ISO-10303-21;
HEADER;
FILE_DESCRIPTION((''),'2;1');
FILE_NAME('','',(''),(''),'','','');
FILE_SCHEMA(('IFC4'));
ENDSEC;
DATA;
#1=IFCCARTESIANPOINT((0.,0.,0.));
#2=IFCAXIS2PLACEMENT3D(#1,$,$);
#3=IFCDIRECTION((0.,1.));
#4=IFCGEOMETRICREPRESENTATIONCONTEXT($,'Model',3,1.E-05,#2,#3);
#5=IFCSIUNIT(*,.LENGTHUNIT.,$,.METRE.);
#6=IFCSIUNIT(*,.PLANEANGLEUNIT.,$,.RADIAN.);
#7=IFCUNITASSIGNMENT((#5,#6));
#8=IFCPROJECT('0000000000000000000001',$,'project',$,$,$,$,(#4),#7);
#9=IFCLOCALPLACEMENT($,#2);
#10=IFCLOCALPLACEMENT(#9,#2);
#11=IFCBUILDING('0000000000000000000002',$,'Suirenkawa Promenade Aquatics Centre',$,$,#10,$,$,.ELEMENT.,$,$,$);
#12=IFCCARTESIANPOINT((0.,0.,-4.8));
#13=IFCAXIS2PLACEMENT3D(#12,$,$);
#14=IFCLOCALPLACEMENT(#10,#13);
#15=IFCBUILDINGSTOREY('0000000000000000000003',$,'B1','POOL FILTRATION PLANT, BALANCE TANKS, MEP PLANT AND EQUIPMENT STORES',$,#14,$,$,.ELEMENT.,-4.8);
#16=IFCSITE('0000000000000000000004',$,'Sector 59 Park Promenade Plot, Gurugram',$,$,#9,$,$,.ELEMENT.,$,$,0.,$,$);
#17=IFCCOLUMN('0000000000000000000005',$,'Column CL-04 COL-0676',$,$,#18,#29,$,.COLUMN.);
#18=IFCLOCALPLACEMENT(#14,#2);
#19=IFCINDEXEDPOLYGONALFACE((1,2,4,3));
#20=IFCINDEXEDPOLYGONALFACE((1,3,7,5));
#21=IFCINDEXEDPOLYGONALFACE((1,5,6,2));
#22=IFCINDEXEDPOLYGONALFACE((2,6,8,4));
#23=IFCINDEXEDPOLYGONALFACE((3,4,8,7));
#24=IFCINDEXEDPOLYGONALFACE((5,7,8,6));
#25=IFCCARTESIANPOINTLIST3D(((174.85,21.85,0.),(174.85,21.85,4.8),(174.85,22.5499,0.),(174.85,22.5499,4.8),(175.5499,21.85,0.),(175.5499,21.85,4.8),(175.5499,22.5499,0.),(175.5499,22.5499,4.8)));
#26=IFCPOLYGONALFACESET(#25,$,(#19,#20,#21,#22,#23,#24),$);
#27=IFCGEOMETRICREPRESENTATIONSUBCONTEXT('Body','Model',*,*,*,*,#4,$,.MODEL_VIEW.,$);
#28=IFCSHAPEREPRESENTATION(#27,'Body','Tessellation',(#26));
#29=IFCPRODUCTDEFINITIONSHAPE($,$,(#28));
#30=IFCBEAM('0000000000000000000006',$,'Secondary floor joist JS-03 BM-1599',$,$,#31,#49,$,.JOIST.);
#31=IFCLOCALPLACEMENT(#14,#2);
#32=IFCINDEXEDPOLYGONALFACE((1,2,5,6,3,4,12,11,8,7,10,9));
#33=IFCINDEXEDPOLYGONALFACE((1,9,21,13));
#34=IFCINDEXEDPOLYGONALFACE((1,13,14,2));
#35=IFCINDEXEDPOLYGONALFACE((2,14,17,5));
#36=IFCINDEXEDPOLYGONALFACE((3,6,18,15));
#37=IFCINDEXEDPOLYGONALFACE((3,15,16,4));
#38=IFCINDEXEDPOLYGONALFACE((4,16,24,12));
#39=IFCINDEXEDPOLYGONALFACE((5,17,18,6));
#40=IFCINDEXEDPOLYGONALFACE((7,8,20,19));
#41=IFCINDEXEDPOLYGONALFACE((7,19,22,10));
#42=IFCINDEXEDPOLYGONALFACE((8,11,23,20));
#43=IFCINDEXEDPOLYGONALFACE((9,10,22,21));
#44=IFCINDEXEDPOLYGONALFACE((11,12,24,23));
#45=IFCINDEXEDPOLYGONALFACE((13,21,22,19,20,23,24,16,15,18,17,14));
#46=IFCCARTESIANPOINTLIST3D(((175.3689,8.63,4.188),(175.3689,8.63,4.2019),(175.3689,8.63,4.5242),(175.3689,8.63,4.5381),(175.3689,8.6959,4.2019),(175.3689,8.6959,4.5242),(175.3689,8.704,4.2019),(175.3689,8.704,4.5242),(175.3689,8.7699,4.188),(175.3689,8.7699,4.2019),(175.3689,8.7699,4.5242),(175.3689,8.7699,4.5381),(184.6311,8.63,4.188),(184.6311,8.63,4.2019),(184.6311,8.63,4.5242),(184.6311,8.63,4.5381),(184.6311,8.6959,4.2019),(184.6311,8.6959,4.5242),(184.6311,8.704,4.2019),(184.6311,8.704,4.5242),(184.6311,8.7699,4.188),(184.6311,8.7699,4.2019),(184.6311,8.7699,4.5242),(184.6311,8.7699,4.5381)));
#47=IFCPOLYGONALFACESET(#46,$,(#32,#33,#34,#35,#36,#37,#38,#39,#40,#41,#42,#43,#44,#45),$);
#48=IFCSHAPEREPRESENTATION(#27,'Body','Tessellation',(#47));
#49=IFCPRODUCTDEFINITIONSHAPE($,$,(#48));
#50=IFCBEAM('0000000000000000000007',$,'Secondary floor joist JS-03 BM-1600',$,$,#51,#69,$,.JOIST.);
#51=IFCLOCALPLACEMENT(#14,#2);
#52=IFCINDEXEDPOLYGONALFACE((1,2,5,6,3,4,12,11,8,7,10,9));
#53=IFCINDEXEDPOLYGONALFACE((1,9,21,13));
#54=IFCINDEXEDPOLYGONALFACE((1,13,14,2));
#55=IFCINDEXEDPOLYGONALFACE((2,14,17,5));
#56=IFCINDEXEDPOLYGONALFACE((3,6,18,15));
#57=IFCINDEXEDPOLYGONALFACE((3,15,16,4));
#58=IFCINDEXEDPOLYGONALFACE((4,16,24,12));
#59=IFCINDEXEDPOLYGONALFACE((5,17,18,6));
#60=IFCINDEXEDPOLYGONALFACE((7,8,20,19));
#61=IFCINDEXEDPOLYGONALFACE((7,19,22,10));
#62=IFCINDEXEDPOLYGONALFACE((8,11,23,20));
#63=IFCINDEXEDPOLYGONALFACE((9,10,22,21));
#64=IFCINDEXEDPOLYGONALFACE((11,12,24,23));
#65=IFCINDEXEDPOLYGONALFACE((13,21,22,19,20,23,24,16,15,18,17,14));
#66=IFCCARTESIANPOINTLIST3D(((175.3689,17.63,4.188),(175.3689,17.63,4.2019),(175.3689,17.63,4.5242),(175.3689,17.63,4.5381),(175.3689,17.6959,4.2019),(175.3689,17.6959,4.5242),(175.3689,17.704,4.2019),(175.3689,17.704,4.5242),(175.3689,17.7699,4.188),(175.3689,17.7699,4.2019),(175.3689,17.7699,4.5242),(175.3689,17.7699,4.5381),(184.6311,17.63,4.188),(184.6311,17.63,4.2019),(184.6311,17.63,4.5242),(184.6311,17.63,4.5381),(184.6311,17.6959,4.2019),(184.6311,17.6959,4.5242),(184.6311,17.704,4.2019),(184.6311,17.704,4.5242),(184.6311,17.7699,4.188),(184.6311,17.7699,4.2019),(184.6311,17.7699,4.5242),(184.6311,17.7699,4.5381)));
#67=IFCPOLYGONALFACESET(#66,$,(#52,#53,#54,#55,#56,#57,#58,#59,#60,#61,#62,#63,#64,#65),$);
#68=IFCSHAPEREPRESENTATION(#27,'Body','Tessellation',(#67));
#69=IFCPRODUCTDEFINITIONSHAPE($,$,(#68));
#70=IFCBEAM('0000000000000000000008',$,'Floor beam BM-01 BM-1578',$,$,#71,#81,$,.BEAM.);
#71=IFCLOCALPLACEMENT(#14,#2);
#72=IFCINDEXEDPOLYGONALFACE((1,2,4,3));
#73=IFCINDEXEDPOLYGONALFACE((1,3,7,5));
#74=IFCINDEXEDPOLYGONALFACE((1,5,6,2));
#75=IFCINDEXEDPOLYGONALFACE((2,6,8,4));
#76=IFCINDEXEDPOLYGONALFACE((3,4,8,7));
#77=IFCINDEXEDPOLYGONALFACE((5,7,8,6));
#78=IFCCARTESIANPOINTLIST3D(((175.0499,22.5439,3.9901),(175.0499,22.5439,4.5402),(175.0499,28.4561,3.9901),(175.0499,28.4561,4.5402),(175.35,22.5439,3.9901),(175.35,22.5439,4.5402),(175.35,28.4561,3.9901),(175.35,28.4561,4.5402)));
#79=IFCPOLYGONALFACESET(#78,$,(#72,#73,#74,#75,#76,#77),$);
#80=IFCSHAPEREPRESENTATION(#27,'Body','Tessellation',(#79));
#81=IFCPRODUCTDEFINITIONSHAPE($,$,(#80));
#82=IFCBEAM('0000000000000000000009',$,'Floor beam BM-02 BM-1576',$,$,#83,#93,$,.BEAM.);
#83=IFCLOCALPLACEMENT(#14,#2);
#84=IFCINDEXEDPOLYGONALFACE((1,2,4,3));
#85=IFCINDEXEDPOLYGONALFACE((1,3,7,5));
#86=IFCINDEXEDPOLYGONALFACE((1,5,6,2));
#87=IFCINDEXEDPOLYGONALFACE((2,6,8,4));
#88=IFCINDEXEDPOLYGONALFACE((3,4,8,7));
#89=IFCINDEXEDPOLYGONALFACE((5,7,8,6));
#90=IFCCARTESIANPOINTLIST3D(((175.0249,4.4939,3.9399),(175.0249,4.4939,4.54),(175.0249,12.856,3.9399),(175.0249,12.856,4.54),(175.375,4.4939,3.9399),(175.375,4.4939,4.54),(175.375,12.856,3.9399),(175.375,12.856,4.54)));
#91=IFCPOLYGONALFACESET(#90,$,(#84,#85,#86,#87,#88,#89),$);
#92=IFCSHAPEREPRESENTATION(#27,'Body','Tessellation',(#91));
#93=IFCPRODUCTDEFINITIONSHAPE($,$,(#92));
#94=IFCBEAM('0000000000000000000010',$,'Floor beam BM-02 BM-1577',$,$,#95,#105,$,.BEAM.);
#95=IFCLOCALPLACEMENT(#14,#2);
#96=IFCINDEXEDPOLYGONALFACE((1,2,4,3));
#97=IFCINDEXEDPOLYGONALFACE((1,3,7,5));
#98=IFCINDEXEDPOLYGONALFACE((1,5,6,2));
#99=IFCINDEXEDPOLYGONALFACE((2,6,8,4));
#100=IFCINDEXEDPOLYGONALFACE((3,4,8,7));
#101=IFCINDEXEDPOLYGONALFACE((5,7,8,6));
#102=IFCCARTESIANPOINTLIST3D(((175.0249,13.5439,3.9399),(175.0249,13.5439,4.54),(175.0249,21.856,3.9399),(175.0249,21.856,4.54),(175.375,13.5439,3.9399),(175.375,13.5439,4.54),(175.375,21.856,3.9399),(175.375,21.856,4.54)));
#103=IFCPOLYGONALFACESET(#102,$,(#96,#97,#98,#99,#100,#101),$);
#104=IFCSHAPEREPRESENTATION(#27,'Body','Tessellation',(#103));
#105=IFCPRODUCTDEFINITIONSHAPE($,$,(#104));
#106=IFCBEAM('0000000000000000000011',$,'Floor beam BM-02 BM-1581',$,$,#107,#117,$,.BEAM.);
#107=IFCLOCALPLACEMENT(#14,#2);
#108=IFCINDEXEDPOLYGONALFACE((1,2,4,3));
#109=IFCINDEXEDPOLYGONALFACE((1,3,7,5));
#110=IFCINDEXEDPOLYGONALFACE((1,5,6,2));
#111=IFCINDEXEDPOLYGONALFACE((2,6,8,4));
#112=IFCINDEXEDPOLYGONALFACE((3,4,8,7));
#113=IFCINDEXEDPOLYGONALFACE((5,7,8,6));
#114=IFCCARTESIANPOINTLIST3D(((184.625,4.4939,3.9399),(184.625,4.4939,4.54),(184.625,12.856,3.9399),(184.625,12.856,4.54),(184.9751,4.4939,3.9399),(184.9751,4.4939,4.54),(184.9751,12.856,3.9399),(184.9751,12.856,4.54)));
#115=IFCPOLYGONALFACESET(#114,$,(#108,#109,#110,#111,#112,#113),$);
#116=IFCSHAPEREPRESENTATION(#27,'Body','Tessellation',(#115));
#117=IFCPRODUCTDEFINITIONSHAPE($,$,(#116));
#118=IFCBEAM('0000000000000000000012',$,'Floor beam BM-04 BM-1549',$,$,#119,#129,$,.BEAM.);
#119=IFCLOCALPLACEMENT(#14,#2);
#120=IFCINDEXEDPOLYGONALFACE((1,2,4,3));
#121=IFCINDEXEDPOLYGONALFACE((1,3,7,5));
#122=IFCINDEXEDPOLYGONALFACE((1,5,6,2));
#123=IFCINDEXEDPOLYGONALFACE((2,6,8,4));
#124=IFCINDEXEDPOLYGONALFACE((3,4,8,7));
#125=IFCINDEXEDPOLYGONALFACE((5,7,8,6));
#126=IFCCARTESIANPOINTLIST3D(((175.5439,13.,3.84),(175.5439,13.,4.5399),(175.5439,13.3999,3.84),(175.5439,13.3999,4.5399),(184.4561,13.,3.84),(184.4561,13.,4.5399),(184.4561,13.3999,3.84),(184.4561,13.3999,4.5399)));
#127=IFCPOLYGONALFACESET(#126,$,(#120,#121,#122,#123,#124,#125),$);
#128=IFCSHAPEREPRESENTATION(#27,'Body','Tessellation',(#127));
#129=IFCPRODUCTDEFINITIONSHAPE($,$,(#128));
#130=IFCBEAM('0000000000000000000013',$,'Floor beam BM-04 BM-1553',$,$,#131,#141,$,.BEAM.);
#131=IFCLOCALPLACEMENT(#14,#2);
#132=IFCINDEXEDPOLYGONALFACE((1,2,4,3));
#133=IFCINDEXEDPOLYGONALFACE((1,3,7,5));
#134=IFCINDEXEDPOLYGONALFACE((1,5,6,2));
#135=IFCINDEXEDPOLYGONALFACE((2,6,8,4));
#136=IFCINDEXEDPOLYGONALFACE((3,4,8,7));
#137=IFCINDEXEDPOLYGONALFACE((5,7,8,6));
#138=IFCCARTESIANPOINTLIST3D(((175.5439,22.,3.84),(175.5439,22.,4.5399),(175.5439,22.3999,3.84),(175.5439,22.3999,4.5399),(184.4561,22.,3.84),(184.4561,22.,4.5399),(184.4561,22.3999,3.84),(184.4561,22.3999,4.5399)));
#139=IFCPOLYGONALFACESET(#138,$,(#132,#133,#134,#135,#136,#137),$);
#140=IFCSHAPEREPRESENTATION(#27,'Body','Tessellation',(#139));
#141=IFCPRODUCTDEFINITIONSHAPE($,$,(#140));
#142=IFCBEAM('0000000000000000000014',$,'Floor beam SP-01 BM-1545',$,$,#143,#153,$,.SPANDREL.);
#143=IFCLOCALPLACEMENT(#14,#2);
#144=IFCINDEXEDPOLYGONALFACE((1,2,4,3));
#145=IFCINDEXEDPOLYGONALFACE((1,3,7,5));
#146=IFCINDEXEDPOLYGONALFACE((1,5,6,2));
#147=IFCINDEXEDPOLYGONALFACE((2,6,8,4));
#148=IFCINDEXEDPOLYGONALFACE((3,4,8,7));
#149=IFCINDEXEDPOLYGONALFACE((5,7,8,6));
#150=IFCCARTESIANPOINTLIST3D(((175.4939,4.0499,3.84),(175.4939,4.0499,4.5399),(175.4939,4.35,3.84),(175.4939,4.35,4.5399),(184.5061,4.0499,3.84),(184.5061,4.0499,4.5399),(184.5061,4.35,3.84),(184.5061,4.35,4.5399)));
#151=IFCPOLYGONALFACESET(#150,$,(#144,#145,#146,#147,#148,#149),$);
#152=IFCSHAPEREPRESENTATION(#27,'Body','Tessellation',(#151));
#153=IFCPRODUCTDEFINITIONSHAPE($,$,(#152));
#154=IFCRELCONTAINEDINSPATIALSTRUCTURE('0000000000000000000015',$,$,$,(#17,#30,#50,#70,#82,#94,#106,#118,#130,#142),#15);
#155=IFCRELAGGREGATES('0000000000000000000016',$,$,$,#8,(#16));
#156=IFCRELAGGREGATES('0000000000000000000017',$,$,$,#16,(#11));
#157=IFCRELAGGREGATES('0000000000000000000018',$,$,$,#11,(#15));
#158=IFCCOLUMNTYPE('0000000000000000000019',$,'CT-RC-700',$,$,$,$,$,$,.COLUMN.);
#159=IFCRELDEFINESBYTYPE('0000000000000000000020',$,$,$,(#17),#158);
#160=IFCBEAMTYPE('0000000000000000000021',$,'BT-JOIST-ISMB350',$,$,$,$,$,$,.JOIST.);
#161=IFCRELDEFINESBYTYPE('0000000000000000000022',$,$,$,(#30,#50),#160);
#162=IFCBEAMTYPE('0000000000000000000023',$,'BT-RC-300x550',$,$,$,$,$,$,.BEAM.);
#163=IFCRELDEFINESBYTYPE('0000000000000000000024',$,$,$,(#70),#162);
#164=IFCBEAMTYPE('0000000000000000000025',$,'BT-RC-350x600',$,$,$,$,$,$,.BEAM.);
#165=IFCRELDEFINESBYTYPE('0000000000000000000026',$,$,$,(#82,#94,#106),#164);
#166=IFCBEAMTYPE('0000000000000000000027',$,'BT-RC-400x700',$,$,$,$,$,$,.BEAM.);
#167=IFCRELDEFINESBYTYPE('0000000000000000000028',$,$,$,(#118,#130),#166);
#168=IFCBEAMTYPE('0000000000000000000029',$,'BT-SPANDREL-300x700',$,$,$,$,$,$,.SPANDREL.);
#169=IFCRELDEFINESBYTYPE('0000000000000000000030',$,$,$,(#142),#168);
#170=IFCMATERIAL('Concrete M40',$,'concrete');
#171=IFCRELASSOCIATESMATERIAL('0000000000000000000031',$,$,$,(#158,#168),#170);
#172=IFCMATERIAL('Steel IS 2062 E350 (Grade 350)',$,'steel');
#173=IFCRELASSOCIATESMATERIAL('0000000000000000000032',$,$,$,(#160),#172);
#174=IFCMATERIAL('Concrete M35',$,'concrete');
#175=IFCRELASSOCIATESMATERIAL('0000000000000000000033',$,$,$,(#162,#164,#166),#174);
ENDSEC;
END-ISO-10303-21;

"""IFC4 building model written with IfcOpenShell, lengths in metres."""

from ifc_helpers import new_model, si_unit, direction, frame, origin, origin_2d, place, context, subcontext, project, spatial, rectangle, i_section, extrude, material, material_profile, profile_set, type_object, element, save


model = new_model("IFC4")

# Units and contexts
model_context = context("Model", 3, precision=1e-05, world=origin(), true_north=direction((0.0, 1.0)))
body_context = subcontext(model_context, "Body", "Model", "MODEL_VIEW")
ifc_project = project(units=[si_unit("LENGTHUNIT", "METRE"), si_unit("PLANEANGLEUNIT", "RADIAN")], contexts=[model_context])

# Site, building, storey
site_placement = place(None, origin())
site = spatial("IfcSite", under=ifc_project, at=site_placement, Name="Sector 59 Park Promenade Plot, Gurugram", CompositionType="ELEMENT", RefElevation=0.0)
building_placement = place(site_placement, origin())
building = spatial("IfcBuilding", under=site, at=building_placement, Name="Suirenkawa Promenade Aquatics Centre", CompositionType="ELEMENT")
storey_placement = place(building_placement, frame((0.0, 0.0, -4.8)))
storey = spatial("IfcBuildingStorey", under=building, at=storey_placement, Name="B1", Description="POOL FILTRATION PLANT, BALANCE TANKS, MEP PLANT AND EQUIPMENT STORES", CompositionType="ELEMENT", Elevation=-4.8)

# Shared definitions
ifc_material_1 = material(Name="Concrete M35", Category="concrete")

# Column
ifc_material_2 = material(Name="Concrete M40", Category="concrete")
ifc_material_profile_1 = material_profile(ifc_material_2, rectangle(XDim=0.7, YDim=0.7, at=origin_2d()), Name="RC COL 700x700", Category="concrete")
ifc_profile_set_1 = profile_set([ifc_material_profile_1], Name="Concrete M40")
column_type_1 = type_object("IfcColumnType", Name="CT-RC-700", PredefinedType="COLUMN", material=ifc_profile_set_1)
for number, where, z_axis, x_axis, name in (
    (1, (175.2, 22.2, 0.0), (0.0, 0.0, 1.0), (1.0, 0.0, 0.0), "Column CL-04 COL-0676"),
):
    element("IfcColumn", number, at=place(storey_placement, frame(where, z_axis=z_axis, x_axis=x_axis)), inside=storey, type_object=column_type_1, Name=name, PredefinedType="COLUMN", context=body_context, shape_type="SweptSolid", body=[
        extrude(rectangle(XDim=0.7, YDim=0.7, at=origin_2d()), origin(), (0.0, 0.0, 1.0), 4.8),
    ])

# Beams
ifc_material_3 = material(Name="Steel IS 2062 E350 (Grade 350)", Category="steel")
ifc_material_profile_2 = material_profile(ifc_material_3, i_section(OverallWidth=0.1399, OverallDepth=0.3501, WebThickness=0.0081, FlangeThickness=0.0139, at=origin_2d()), Name="ISMB 350", Category="steel")
ifc_profile_set_2 = profile_set([ifc_material_profile_2], Name="Steel IS 2062 E350 (Grade 350)")
beam_type_1 = type_object("IfcBeamType", Name="BT-JOIST-ISMB350", PredefinedType="JOIST", material=ifc_profile_set_2)
for number, where, z_axis, x_axis, name in (
    (2, (175.3689, 8.7, 4.363), (1.0, 0.0, 0.0), (0.0, 1.0, 0.0), "Secondary floor joist JS-03 BM-1599"),
    (3, (175.3689, 17.7, 4.363), (1.0, 0.0, 0.0), (0.0, 1.0, 0.0), "Secondary floor joist JS-03 BM-1600"),
):
    element("IfcBeam", number, at=place(storey_placement, frame(where, z_axis=z_axis, x_axis=x_axis)), inside=storey, type_object=beam_type_1, Name=name, PredefinedType="JOIST", context=body_context, shape_type="SweptSolid", body=[
        extrude(i_section(OverallWidth=0.1399, OverallDepth=0.3501, WebThickness=0.0081, FlangeThickness=0.0139, at=origin_2d()), origin(), (0.0, 0.0, 1.0), 9.2622),
    ])
ifc_material_profile_3 = material_profile(ifc_material_1, rectangle(XDim=0.3, YDim=0.55, at=origin_2d()), Name="RC BM 300x550", Category="concrete")
ifc_profile_set_3 = profile_set([ifc_material_profile_3], Name="Concrete M35")
beam_type_2 = type_object("IfcBeamType", Name="BT-RC-300x550", PredefinedType="BEAM", material=ifc_profile_set_3)
beam_1_placement = place(storey_placement, frame((175.2, 22.5439, 4.2651), z_axis=(0.0, 1.0, 0.0), x_axis=(-1.0, 0.0, 0.0)))
element("IfcBeam", 4, at=beam_1_placement, inside=storey, type_object=beam_type_2, Name="Floor beam BM-01 BM-1578", PredefinedType="BEAM", context=body_context, shape_type="SweptSolid", body=[
    extrude(rectangle(XDim=0.3, YDim=0.55, at=origin_2d()), origin(), (0.0, 0.0, 1.0), 5.9121),
])
ifc_material_profile_4 = material_profile(ifc_material_1, rectangle(XDim=0.3501, YDim=0.6001, at=origin_2d()), Name="RC BM 350x600", Category="concrete")
ifc_profile_set_4 = profile_set([ifc_material_profile_4], Name="Concrete M35")
beam_type_3 = type_object("IfcBeamType", Name="BT-RC-350x600", PredefinedType="BEAM", material=ifc_profile_set_4)
beam_2_placement = place(storey_placement, frame((175.2, 4.4939, 4.24), z_axis=(0.0, 1.0, 0.0), x_axis=(-1.0, 0.0, 0.0)))
element("IfcBeam", 5, at=beam_2_placement, inside=storey, type_object=beam_type_3, Name="Floor beam BM-02 BM-1576", PredefinedType="BEAM", context=body_context, shape_type="SweptSolid", body=[
    extrude(rectangle(XDim=0.3501, YDim=0.6001, at=origin_2d()), origin(), (0.0, 0.0, 1.0), 8.3621),
])
beam_3_placement = place(storey_placement, frame((175.2, 13.5439, 4.24), z_axis=(0.0, 1.0, 0.0), x_axis=(-1.0, 0.0, 0.0)))
element("IfcBeam", 6, at=beam_3_placement, inside=storey, type_object=beam_type_3, Name="Floor beam BM-02 BM-1577", PredefinedType="BEAM", context=body_context, shape_type="SweptSolid", body=[
    extrude(rectangle(XDim=0.3501, YDim=0.6001, at=origin_2d()), origin(), (0.0, 0.0, 1.0), 8.312),
])
beam_4_placement = place(storey_placement, frame((184.8, 4.4939, 4.24), z_axis=(0.0, 1.0, 0.0), x_axis=(-1.0, 0.0, 0.0)))
element("IfcBeam", 7, at=beam_4_placement, inside=storey, type_object=beam_type_3, Name="Floor beam BM-02 BM-1581", PredefinedType="BEAM", context=body_context, shape_type="SweptSolid", body=[
    extrude(rectangle(XDim=0.3501, YDim=0.6001, at=origin_2d()), origin(), (0.0, 0.0, 1.0), 8.3621),
])
ifc_material_profile_5 = material_profile(ifc_material_1, rectangle(XDim=0.3999, YDim=0.7, at=origin_2d()), Name="RC BM 400x700", Category="concrete")
ifc_profile_set_5 = profile_set([ifc_material_profile_5], Name="Concrete M35")
beam_type_4 = type_object("IfcBeamType", Name="BT-RC-400x700", PredefinedType="BEAM", material=ifc_profile_set_5)
for number, where, z_axis, x_axis, name in (
    (8, (175.5439, 13.2, 4.1899), (1.0, 0.0, 0.0), (0.0, 1.0, 0.0), "Floor beam BM-04 BM-1549"),
    (9, (175.5439, 22.2, 4.1899), (1.0, 0.0, 0.0), (0.0, 1.0, 0.0), "Floor beam BM-04 BM-1553"),
):
    element("IfcBeam", number, at=place(storey_placement, frame(where, z_axis=z_axis, x_axis=x_axis)), inside=storey, type_object=beam_type_4, Name=name, PredefinedType="BEAM", context=body_context, shape_type="SweptSolid", body=[
        extrude(rectangle(XDim=0.3999, YDim=0.7, at=origin_2d()), origin(), (0.0, 0.0, 1.0), 8.9121),
    ])
ifc_material_profile_6 = material_profile(ifc_material_2, rectangle(XDim=0.3, YDim=0.7, at=origin_2d()), Name="RC SPANDREL 300x700", Category="concrete")
ifc_profile_set_6 = profile_set([ifc_material_profile_6], Name="Concrete M40")
beam_type_5 = type_object("IfcBeamType", Name="BT-SPANDREL-300x700", PredefinedType="SPANDREL", material=ifc_profile_set_6)
beam_5_placement = place(storey_placement, frame((175.4939, 4.2, 4.1899), z_axis=(1.0, 0.0, 0.0), x_axis=(0.0, 1.0, 0.0)))
element("IfcBeam", 10, at=beam_5_placement, inside=storey, type_object=beam_type_5, Name="Floor beam SP-01 BM-1545", PredefinedType="SPANDREL", context=body_context, shape_type="SweptSolid", body=[
    extrude(rectangle(XDim=0.3, YDim=0.7, at=origin_2d()), origin(), (0.0, 0.0, 1.0), 9.0122),
])

save(model, "model.ifc")
